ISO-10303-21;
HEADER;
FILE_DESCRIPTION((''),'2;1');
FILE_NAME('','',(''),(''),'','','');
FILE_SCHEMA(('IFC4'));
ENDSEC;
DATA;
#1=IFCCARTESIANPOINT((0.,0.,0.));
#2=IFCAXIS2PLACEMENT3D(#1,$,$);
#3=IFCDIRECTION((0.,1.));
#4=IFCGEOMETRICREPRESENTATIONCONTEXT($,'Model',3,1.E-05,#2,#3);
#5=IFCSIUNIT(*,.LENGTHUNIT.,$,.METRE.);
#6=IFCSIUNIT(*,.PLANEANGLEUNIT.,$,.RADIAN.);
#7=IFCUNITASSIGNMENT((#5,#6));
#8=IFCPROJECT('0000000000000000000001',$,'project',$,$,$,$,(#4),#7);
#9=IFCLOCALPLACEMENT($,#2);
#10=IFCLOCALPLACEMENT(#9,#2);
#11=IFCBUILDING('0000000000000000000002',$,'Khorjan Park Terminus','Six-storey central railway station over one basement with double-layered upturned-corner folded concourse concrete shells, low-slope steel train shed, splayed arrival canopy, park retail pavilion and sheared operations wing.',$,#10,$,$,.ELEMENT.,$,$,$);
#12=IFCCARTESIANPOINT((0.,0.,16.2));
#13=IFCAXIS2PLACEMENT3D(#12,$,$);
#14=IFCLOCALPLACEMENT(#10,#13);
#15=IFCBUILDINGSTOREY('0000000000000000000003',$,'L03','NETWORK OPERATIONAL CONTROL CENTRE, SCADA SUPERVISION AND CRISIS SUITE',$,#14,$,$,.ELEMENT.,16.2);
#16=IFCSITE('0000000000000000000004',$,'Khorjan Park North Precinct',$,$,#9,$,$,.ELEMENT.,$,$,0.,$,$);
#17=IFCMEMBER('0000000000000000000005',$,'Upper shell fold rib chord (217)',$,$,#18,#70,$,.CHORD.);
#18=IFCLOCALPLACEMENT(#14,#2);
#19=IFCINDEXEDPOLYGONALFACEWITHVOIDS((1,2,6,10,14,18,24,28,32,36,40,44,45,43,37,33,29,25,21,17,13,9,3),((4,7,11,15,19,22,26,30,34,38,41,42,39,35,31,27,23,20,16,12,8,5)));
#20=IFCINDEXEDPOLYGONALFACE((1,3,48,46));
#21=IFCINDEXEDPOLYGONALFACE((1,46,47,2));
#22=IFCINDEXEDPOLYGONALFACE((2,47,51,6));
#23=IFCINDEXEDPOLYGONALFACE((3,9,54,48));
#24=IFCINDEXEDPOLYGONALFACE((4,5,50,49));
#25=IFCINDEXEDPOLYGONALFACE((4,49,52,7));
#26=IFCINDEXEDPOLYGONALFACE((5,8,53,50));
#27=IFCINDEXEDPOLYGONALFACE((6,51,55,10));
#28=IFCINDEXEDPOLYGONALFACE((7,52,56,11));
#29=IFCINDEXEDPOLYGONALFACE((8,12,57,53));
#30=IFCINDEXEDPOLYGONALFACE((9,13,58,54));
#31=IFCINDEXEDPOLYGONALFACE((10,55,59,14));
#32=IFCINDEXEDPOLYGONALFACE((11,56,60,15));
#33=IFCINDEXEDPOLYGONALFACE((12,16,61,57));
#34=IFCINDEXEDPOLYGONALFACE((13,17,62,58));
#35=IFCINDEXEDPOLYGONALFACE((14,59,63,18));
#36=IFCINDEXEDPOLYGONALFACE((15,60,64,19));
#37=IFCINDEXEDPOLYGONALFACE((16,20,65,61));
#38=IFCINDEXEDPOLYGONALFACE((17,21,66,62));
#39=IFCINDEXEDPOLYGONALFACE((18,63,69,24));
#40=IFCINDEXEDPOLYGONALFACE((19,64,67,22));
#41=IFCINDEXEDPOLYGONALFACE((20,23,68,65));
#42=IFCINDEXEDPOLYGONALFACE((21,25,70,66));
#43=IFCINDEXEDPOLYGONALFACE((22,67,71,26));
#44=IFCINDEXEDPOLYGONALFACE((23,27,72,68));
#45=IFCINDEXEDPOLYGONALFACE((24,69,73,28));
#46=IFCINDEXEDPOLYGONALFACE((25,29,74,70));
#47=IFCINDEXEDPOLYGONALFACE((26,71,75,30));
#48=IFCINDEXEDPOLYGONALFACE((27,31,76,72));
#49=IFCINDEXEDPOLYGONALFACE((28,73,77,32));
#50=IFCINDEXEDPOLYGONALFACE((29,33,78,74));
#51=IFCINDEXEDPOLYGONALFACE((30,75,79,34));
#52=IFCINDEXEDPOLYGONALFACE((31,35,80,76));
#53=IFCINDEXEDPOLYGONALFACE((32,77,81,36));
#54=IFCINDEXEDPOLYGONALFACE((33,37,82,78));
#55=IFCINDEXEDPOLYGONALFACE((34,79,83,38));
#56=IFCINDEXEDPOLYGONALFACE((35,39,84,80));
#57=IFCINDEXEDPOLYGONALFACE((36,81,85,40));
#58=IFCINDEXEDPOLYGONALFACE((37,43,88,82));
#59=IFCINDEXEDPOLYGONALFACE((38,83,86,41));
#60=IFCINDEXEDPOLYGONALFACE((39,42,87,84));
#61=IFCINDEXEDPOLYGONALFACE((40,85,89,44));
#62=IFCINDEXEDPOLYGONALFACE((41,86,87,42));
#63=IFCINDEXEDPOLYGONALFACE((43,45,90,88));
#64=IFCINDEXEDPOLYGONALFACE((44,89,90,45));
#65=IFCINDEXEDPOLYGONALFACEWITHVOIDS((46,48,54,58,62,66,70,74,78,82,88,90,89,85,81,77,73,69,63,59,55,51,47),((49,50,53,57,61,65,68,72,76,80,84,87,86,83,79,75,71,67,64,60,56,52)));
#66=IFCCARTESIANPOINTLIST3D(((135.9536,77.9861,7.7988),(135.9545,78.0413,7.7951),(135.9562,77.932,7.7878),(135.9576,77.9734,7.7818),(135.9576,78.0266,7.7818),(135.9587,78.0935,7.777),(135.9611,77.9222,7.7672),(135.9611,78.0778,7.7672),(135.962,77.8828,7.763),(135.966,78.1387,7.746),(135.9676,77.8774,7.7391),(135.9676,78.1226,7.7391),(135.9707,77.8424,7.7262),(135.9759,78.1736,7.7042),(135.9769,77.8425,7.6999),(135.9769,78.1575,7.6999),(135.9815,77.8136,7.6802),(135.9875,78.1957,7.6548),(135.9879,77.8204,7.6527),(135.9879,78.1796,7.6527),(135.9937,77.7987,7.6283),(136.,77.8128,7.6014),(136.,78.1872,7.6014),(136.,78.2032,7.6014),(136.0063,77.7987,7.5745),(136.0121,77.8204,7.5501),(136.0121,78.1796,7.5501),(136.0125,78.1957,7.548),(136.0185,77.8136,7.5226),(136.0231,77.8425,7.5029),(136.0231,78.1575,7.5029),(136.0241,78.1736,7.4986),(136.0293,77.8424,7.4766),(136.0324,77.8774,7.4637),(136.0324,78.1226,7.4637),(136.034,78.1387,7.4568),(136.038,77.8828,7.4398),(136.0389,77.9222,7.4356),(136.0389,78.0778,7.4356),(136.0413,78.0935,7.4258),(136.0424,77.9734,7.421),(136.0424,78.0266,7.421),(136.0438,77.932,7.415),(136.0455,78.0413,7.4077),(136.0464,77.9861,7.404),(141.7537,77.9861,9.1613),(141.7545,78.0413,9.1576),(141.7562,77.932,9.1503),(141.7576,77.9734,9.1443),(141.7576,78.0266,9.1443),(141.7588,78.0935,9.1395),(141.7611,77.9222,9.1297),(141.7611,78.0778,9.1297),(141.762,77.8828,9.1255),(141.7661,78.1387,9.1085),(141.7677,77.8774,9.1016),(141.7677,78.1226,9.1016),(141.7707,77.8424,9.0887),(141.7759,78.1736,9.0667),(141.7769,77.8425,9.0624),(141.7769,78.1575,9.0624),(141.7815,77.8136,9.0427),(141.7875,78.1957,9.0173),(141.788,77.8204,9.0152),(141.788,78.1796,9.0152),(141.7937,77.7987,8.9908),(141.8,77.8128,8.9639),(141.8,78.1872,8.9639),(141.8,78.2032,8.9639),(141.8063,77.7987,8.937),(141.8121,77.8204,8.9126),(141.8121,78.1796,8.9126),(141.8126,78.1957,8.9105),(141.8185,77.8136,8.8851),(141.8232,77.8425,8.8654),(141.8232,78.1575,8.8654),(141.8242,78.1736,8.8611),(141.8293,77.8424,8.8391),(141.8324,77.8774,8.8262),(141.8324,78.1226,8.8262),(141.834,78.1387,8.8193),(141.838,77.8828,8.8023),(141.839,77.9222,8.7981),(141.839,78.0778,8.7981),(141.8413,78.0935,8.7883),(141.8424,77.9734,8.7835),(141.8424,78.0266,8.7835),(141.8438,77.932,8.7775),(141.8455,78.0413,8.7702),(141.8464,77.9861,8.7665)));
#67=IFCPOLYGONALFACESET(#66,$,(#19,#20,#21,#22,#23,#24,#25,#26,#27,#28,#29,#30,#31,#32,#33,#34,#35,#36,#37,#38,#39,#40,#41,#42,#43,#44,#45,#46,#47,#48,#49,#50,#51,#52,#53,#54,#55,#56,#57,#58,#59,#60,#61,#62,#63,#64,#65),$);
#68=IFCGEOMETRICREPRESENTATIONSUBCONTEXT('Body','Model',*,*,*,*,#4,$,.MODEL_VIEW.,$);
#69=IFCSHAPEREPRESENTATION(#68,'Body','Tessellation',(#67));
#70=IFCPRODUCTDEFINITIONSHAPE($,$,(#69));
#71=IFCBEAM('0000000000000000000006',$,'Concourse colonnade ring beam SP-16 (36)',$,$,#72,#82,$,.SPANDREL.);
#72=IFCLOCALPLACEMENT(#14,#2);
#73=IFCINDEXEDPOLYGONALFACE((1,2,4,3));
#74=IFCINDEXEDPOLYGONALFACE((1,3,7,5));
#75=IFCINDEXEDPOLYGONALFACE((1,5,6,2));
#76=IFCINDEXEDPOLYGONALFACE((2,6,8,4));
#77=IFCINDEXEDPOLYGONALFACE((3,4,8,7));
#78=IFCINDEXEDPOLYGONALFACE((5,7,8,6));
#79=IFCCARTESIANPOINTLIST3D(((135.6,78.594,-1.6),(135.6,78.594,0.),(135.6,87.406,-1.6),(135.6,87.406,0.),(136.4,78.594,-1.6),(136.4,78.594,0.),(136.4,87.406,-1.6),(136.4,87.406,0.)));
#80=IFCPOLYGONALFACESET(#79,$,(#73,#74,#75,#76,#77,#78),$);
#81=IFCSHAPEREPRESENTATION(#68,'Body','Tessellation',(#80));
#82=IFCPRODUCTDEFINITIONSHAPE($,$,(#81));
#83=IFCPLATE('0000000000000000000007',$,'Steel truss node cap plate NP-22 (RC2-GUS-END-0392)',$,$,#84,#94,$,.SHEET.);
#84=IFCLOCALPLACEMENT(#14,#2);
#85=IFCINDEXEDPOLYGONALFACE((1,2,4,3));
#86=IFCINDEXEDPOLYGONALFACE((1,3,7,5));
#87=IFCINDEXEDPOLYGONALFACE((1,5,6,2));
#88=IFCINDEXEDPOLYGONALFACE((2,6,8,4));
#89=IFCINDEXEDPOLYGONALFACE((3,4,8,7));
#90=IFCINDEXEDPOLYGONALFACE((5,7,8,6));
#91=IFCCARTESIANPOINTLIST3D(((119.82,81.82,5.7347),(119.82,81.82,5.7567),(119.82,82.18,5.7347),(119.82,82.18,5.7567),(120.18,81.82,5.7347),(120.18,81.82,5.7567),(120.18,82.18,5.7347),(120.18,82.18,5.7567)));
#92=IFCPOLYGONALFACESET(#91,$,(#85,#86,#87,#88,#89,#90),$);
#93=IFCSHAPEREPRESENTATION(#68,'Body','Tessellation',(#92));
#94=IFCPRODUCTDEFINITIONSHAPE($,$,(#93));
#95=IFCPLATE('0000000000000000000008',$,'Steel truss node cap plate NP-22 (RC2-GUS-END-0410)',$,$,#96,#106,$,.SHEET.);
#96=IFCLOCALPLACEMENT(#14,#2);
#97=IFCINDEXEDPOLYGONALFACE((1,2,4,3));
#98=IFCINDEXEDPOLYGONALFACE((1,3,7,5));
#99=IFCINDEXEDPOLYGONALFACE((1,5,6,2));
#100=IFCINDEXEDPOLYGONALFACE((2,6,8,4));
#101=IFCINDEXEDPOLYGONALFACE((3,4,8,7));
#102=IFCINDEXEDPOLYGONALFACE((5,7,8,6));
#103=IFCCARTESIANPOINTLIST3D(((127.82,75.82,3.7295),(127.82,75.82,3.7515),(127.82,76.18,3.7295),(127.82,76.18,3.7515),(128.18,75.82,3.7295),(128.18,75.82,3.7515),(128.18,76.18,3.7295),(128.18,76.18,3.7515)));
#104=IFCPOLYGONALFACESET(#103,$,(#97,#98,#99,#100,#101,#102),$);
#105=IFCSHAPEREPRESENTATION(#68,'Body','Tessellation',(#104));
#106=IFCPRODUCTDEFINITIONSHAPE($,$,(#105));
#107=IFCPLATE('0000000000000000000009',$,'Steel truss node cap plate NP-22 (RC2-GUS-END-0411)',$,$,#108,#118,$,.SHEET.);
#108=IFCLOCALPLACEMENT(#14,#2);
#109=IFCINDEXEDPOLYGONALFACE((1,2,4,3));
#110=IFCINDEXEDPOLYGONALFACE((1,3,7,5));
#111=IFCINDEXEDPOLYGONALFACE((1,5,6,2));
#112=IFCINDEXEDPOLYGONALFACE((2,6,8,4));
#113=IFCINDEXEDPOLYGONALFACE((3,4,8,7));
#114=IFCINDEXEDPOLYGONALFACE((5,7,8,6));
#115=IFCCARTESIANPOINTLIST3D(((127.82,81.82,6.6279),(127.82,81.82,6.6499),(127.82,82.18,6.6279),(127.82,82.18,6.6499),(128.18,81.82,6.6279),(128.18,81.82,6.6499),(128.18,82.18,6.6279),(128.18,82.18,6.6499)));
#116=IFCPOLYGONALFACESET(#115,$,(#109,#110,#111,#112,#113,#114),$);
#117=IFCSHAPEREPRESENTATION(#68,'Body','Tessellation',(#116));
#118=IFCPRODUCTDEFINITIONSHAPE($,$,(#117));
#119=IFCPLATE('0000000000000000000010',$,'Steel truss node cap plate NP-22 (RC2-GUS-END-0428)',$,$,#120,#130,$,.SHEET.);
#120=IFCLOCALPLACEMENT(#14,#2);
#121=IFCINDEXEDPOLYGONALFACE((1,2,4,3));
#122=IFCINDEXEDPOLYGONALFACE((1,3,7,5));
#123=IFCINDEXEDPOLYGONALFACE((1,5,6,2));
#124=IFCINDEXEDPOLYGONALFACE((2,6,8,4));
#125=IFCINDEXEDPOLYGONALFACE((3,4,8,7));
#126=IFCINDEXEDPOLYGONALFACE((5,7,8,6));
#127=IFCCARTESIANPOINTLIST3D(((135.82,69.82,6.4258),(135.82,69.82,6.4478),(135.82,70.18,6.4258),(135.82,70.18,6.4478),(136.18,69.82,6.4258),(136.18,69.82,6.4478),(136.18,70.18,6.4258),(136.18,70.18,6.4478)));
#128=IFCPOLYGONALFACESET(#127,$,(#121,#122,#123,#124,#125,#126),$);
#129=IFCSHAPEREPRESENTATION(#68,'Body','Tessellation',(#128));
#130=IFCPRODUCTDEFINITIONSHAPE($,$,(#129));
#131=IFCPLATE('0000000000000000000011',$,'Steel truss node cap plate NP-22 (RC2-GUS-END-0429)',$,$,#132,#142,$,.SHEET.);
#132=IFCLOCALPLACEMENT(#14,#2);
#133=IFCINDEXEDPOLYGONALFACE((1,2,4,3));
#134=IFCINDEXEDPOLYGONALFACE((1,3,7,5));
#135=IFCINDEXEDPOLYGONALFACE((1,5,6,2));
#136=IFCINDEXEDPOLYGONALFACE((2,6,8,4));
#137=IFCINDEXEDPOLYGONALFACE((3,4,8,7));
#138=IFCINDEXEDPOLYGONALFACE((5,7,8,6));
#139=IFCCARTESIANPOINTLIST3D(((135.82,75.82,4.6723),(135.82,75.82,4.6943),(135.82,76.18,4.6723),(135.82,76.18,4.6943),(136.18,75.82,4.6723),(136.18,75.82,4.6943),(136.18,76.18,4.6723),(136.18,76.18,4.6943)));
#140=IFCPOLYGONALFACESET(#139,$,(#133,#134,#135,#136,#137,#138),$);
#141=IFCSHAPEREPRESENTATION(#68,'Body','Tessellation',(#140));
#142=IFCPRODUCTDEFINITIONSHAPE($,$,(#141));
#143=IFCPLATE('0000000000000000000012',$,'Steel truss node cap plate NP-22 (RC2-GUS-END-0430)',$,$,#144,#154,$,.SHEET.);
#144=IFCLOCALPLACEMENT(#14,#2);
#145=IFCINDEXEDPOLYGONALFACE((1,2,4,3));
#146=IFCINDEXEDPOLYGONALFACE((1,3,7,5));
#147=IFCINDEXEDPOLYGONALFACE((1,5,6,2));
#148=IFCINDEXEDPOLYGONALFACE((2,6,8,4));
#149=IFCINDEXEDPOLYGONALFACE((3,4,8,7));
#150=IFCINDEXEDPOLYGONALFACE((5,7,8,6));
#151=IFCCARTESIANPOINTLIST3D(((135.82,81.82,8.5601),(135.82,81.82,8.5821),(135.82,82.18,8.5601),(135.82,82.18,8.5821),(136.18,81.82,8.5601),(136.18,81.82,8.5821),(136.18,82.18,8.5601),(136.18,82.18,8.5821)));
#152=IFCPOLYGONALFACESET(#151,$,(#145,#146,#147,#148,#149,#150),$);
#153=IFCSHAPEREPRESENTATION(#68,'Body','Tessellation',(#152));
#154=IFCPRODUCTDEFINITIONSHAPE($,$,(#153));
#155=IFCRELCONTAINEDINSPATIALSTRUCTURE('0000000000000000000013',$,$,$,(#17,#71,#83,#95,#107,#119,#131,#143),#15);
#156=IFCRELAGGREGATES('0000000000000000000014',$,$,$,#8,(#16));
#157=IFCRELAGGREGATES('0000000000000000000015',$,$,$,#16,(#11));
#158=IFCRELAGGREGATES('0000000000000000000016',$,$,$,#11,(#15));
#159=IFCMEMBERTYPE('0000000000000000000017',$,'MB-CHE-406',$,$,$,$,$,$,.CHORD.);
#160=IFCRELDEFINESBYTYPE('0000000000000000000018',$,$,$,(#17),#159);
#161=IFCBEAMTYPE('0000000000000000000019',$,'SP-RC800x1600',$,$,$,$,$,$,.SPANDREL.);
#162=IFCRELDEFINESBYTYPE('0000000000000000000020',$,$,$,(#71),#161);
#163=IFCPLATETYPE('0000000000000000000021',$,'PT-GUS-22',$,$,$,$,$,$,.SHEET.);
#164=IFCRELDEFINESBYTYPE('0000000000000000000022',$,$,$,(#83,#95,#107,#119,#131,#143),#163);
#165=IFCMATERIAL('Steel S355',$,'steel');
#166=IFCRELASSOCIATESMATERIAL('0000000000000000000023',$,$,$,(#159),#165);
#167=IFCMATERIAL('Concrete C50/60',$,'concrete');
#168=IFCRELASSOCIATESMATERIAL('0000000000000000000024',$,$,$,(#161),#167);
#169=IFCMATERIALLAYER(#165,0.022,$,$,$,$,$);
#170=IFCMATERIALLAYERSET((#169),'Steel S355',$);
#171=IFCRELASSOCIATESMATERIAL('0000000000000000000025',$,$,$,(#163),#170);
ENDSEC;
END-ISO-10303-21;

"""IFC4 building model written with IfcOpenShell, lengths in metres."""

from ifc_helpers import new_model, si_unit, direction, frame, origin, origin_2d, place, context, subcontext, project, spatial, rectangle, hollow_circle, extrude, material, layer, layer_set, material_profile, profile_set, type_object, element, save


model = new_model("IFC4")

# Units and contexts
model_context = context("Model", 3, precision=1e-05, world=origin(), true_north=direction((0.0, 1.0)))
body_context = subcontext(model_context, "Body", "Model", "MODEL_VIEW")
ifc_project = project(units=[si_unit("LENGTHUNIT", "METRE"), si_unit("PLANEANGLEUNIT", "RADIAN")], contexts=[model_context])

# Site, building, storey
site_placement = place(None, origin())
site = spatial("IfcSite", under=ifc_project, at=site_placement, Name="Khorjan Park North Precinct", CompositionType="ELEMENT", RefElevation=0.0)
building_placement = place(site_placement, origin())
building = spatial("IfcBuilding", under=site, at=building_placement, Name="Khorjan Park Terminus", Description="Six-storey central railway station over one basement with double-layered upturned-corner folded concourse concrete shells, low-slope steel train shed, splayed arrival canopy, park retail pavilion and sheared operations wing.", CompositionType="ELEMENT")
storey_placement = place(building_placement, frame((0.0, 0.0, 16.2)))
storey = spatial("IfcBuildingStorey", under=building, at=storey_placement, Name="L03", Description="NETWORK OPERATIONAL CONTROL CENTRE, SCADA SUPERVISION AND CRISIS SUITE", CompositionType="ELEMENT", Elevation=16.2)

# Shared definitions
ifc_material_1 = material(Name="Concrete C50/60", Category="concrete")

# Member
ifc_material_2 = material(Name="Steel S355", Category="steel")
ifc_material_profile_1 = material_profile(ifc_material_2, hollow_circle(Radius=0.2032, WallThickness=0.016, at=origin_2d()), Name="CHS 406.4x16")
ifc_profile_set_1 = profile_set([ifc_material_profile_1], Name="Steel S355")
member_type_1 = type_object("IfcMemberType", Name="MB-CHE-406", PredefinedType="CHORD", material=ifc_profile_set_1)
member_1_placement = place(storey_placement, frame((136.0, 78.0, 7.6014), z_axis=(0.9735, 0.0, 0.228688), x_axis=(0.0, 1.0, 0.0)))
element("IfcMember", 1, at=member_1_placement, inside=storey, type_object=member_type_1, Name="Upper shell fold rib chord (217)", PredefinedType="CHORD", context=body_context, shape_type="SweptSolid", body=[
    extrude(hollow_circle(Radius=0.2032, WallThickness=0.016, at=origin_2d()), origin(), (0.0, 0.0, 1.0), 5.9579),
])

# Beam
ifc_material_profile_2 = material_profile(ifc_material_1, rectangle(XDim=0.8, YDim=1.6, at=origin_2d()), Name="RC 800x1600")
ifc_profile_set_2 = profile_set([ifc_material_profile_2], Name="Concrete C50/60")
beam_type = type_object("IfcBeamType", Name="SP-RC800x1600", PredefinedType="SPANDREL", material=ifc_profile_set_2)
beam_placement = place(storey_placement, frame((136.0, 78.594, -0.8), z_axis=(0.0, 1.0, 0.0), x_axis=(-1.0, 0.0, 0.0)))
element("IfcBeam", 2, at=beam_placement, inside=storey, type_object=beam_type, Name="Concourse colonnade ring beam SP-16 (36)", PredefinedType="SPANDREL", context=body_context, shape_type="SweptSolid", body=[
    extrude(rectangle(XDim=0.8, YDim=1.6, at=origin_2d()), origin(), (0.0, 0.0, 1.0), 8.812),
])

# Plates
ifc_layer = layer(ifc_material_2, 0.022)
ifc_layer_set = layer_set([ifc_layer], Name="Steel S355")
plate_type = type_object("IfcPlateType", Name="PT-GUS-22", PredefinedType="SHEET", material=ifc_layer_set)
for number, where, z_axis, x_axis, name in (
    (3, (120.0, 82.0, 5.7347), (0.0, 0.0, 1.0), (1.0, 0.0, 0.0), "Steel truss node cap plate NP-22 (RC2-GUS-END-0392)"),
    (4, (128.0, 76.0, 3.7295), (0.0, 0.0, 1.0), (1.0, 0.0, 0.0), "Steel truss node cap plate NP-22 (RC2-GUS-END-0410)"),
    (5, (128.0, 82.0, 6.6279), (0.0, 0.0, 1.0), (1.0, 0.0, 0.0), "Steel truss node cap plate NP-22 (RC2-GUS-END-0411)"),
    (6, (136.0, 70.0, 6.4258), (0.0, 0.0, 1.0), (1.0, 0.0, 0.0), "Steel truss node cap plate NP-22 (RC2-GUS-END-0428)"),
    (7, (136.0, 76.0, 4.6723), (0.0, 0.0, 1.0), (1.0, 0.0, 0.0), "Steel truss node cap plate NP-22 (RC2-GUS-END-0429)"),
    (8, (136.0, 82.0, 8.5601), (0.0, 0.0, 1.0), (1.0, 0.0, 0.0), "Steel truss node cap plate NP-22 (RC2-GUS-END-0430)"),
):
    element("IfcPlate", number, at=place(storey_placement, frame(where, z_axis=z_axis, x_axis=x_axis)), inside=storey, type_object=plate_type, Name=name, PredefinedType="SHEET", context=body_context, shape_type="SweptSolid", body=[
        extrude(rectangle(XDim=0.36, YDim=0.36, at=origin_2d()), origin(), (0.0, 0.0, 1.0), 0.022),
    ])

save(model, "model.ifc")
